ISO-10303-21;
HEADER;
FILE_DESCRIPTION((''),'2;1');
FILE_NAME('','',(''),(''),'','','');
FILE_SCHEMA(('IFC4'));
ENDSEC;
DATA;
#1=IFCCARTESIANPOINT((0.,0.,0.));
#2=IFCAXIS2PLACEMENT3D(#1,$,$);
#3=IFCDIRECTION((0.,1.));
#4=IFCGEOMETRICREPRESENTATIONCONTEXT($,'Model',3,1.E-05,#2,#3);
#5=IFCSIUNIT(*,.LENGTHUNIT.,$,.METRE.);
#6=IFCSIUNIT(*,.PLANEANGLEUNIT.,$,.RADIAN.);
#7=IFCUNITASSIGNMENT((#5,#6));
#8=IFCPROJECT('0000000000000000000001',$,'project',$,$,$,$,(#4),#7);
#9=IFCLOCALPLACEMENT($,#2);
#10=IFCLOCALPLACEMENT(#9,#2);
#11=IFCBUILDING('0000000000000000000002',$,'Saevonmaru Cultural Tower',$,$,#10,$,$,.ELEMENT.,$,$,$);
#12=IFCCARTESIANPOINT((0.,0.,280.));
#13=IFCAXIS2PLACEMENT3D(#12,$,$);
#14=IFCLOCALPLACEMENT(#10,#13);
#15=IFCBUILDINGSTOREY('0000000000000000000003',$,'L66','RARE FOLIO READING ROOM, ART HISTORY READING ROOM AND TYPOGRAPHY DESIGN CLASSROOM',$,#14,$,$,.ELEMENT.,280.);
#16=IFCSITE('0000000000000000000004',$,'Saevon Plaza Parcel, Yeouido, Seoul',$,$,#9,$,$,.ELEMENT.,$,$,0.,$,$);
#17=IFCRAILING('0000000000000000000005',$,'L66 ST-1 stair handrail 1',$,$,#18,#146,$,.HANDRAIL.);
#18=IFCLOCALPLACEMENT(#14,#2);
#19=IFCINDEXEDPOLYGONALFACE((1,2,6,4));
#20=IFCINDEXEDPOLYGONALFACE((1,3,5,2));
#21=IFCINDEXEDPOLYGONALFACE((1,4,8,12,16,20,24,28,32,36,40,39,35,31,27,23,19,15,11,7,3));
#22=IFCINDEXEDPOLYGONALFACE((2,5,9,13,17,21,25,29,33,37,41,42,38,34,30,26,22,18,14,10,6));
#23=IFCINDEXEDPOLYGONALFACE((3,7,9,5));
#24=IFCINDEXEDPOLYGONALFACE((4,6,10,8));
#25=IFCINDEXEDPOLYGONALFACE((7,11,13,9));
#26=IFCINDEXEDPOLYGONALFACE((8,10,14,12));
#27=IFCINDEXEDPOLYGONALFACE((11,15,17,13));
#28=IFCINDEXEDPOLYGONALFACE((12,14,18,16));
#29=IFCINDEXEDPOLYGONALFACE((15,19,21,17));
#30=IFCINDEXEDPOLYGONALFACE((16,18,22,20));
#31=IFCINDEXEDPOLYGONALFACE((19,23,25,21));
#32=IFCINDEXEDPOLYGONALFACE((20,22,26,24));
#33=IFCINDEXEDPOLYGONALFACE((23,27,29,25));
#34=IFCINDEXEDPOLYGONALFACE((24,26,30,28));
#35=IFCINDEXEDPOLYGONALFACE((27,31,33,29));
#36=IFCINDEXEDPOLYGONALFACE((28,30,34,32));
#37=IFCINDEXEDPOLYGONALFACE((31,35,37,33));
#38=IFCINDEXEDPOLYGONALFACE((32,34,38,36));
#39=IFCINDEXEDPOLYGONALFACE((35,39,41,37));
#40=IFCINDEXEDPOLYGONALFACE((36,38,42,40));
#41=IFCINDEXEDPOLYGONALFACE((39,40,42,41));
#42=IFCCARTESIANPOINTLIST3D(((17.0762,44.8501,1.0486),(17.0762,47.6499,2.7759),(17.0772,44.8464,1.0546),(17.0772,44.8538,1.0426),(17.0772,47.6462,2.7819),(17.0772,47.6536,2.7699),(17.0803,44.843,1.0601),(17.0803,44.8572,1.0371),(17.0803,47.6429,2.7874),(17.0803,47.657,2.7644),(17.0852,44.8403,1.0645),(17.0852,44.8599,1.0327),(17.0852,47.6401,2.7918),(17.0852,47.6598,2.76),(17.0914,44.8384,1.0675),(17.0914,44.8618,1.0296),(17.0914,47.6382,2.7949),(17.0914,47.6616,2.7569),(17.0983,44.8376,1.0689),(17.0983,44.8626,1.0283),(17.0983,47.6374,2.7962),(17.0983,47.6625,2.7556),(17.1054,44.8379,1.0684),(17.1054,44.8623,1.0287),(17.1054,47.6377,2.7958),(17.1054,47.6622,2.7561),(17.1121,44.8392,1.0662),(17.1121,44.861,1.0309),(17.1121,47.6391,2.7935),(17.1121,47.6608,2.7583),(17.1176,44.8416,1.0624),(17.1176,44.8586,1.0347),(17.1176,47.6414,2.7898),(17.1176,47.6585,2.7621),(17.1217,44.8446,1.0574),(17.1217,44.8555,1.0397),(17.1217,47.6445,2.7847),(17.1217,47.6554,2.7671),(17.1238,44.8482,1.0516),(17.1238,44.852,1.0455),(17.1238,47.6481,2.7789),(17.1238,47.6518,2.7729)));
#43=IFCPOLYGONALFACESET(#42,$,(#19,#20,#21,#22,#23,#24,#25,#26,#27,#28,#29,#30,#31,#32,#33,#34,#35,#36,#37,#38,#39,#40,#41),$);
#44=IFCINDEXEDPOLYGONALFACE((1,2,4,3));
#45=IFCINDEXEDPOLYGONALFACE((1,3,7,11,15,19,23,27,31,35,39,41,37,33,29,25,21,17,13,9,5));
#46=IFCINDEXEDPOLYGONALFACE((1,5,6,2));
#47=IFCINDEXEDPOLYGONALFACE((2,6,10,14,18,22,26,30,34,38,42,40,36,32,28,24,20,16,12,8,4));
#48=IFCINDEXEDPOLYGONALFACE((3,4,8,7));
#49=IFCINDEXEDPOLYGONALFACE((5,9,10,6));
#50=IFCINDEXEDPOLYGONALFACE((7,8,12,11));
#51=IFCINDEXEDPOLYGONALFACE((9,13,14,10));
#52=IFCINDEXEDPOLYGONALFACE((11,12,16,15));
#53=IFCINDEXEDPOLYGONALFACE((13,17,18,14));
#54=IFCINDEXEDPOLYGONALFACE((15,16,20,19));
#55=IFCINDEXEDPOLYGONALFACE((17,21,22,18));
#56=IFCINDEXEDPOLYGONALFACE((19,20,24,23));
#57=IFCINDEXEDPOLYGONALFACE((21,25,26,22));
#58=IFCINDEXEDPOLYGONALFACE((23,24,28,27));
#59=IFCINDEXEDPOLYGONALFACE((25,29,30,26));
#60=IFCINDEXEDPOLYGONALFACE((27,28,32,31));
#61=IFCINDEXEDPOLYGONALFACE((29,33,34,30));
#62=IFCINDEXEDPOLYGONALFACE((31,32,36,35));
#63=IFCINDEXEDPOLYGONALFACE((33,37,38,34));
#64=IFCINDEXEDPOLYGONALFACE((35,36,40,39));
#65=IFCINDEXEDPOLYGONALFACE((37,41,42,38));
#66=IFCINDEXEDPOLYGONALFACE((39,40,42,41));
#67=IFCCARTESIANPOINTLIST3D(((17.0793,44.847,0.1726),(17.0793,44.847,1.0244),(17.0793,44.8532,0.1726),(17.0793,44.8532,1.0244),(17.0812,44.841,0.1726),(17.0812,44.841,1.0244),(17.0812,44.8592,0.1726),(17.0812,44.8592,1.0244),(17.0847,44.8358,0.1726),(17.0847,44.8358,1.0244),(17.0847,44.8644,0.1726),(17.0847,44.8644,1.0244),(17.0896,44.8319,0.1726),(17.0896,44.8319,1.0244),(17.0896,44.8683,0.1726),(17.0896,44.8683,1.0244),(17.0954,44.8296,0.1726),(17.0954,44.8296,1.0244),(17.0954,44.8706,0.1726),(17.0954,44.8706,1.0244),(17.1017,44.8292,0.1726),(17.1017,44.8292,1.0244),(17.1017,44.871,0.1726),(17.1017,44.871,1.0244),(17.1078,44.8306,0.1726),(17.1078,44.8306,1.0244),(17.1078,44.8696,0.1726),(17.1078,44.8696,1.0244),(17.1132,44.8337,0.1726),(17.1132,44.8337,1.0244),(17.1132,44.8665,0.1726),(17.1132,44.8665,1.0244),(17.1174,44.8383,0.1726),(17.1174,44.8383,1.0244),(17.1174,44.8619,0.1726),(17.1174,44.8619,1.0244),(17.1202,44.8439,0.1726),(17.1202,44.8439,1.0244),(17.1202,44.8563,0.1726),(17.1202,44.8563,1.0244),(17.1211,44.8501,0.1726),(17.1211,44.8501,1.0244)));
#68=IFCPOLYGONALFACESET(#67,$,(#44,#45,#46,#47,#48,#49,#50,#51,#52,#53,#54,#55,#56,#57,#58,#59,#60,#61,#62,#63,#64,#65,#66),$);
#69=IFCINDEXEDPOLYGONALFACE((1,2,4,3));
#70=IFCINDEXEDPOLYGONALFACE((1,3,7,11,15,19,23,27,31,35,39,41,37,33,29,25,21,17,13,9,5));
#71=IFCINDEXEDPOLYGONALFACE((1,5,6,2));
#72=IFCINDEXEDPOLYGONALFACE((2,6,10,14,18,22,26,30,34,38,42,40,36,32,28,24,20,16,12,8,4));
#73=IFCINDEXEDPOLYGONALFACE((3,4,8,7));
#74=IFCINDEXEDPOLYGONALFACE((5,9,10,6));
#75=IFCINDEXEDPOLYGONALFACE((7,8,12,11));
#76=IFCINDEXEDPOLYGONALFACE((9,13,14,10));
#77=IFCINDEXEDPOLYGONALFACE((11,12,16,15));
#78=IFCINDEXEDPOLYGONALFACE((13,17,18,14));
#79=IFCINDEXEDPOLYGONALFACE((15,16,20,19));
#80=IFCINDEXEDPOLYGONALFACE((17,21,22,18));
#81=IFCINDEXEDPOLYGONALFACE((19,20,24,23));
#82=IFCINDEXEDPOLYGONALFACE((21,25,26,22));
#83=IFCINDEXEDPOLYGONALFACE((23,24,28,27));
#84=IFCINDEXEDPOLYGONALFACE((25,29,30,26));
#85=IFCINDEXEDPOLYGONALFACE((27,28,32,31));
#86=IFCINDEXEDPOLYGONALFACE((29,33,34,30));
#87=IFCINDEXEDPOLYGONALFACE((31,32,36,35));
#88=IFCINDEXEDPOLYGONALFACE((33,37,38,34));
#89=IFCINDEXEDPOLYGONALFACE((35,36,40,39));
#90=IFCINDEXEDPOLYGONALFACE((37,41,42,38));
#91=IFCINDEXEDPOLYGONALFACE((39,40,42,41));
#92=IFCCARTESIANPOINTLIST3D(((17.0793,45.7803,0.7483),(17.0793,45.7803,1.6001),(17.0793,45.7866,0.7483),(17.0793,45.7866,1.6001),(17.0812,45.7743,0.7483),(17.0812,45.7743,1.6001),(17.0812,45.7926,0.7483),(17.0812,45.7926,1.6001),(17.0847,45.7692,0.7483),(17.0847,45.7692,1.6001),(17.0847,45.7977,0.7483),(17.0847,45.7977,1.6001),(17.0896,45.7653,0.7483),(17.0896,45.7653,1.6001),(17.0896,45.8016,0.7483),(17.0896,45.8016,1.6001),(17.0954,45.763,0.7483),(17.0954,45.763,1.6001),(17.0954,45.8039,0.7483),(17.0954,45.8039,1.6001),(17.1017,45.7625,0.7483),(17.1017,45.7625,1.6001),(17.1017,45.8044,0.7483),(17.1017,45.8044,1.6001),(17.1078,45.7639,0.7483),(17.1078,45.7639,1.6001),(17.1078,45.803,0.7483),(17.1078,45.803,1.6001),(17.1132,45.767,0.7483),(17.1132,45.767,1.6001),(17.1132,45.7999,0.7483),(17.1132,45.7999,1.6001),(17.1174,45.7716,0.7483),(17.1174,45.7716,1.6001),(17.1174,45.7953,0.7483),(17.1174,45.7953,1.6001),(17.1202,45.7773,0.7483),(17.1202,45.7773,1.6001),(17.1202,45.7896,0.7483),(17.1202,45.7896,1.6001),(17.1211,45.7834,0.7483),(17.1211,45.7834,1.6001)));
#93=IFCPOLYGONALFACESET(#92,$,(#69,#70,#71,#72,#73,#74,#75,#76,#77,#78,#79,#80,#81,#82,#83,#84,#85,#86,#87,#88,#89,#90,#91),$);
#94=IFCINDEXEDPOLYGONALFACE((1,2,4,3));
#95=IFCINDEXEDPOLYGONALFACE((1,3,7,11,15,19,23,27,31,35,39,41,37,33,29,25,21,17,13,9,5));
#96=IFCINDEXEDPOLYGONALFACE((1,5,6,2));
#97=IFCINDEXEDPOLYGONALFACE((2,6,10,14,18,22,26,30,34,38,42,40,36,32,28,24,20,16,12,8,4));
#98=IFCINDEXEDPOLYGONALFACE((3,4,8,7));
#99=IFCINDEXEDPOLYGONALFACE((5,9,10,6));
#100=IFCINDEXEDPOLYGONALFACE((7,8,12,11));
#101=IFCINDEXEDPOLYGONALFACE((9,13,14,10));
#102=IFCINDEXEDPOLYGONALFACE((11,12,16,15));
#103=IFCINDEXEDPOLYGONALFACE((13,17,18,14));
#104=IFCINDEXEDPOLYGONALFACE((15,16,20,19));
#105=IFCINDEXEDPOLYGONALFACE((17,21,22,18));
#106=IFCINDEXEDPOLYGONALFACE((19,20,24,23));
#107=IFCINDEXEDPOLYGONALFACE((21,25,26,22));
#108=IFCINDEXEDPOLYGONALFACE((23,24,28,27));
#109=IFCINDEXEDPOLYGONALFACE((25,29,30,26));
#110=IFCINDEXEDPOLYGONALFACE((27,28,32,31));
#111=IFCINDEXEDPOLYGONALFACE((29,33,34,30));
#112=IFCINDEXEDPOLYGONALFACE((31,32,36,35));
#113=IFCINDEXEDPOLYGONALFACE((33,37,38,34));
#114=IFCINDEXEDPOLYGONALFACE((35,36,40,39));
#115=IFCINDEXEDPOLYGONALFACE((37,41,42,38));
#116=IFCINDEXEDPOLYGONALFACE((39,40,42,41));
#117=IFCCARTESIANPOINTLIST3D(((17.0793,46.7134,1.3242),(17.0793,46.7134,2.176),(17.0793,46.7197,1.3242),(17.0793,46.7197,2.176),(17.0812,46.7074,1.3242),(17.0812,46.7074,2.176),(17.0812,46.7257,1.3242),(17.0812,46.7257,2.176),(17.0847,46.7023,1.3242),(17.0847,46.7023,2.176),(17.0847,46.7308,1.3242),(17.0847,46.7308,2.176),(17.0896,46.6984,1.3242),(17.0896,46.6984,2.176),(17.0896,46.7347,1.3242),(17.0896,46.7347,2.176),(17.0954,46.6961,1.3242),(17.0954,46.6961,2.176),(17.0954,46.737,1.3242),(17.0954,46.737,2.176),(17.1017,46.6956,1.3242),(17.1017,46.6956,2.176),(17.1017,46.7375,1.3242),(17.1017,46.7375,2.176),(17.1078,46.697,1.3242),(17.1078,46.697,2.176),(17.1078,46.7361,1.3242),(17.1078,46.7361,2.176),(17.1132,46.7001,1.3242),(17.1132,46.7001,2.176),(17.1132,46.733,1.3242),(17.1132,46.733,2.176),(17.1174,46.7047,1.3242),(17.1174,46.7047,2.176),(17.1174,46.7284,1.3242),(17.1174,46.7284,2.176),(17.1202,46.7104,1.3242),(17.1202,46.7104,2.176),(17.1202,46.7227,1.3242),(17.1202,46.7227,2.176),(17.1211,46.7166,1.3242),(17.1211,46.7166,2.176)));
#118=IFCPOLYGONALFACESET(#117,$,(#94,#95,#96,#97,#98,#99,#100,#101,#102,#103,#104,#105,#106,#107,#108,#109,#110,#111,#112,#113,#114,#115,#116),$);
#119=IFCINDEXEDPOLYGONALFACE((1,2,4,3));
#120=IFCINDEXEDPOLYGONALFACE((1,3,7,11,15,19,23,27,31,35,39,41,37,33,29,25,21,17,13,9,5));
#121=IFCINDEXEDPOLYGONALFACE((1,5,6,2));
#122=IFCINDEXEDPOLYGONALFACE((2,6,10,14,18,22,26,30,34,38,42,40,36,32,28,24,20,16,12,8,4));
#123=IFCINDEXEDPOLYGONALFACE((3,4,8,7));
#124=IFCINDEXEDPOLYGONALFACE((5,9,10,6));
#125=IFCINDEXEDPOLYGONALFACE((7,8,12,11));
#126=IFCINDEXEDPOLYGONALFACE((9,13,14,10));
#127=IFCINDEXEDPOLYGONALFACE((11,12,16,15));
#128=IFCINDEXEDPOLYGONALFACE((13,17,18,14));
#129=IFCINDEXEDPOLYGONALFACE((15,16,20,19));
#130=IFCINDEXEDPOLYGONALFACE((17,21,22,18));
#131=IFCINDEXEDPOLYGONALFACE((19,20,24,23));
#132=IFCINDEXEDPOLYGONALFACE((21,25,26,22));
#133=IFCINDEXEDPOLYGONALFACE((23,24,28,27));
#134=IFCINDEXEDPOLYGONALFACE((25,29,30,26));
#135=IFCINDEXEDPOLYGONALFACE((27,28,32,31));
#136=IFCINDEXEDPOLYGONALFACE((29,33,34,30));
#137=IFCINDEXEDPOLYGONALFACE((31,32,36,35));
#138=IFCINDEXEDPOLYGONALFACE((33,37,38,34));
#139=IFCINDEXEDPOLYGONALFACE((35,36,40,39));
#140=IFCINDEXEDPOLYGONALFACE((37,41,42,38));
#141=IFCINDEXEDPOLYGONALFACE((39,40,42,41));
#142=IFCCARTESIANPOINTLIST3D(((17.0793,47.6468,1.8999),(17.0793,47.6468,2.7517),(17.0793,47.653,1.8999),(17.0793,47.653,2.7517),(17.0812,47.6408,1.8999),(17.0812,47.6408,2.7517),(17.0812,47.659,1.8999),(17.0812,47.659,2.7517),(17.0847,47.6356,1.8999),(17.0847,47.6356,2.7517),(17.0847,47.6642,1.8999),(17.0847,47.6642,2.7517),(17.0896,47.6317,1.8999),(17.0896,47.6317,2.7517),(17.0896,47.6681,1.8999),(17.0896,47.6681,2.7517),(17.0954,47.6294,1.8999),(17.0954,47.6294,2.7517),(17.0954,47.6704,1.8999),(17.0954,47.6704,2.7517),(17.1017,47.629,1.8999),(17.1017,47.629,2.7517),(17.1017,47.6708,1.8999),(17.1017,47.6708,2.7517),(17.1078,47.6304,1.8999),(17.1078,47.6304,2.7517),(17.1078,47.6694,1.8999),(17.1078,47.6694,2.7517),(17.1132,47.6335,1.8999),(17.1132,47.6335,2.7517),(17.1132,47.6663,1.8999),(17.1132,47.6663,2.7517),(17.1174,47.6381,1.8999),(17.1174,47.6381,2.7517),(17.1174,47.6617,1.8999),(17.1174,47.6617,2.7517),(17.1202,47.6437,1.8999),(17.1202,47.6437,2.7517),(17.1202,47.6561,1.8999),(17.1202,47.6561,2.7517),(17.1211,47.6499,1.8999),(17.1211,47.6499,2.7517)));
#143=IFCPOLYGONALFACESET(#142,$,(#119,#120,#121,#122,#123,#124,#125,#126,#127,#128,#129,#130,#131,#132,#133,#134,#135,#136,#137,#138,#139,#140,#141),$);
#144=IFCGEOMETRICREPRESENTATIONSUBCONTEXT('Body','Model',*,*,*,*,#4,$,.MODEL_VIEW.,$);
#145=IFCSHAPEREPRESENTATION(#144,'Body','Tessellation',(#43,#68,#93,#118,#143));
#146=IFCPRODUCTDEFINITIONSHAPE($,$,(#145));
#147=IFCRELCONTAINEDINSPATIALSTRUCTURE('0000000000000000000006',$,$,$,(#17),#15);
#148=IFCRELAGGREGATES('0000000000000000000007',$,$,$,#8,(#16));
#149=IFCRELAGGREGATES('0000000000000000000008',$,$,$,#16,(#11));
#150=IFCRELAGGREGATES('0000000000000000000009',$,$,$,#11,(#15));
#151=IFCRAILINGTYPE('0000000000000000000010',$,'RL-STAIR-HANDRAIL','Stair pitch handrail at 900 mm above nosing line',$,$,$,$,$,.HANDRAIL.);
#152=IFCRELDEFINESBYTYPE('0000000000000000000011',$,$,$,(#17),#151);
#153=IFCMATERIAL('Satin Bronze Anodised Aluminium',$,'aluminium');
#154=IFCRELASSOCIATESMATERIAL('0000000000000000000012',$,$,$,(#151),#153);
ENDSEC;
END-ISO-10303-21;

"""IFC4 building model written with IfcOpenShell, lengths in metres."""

from ifc_helpers import new_model, si_unit, direction, frame, origin, origin_2d, place, context, subcontext, project, spatial, circle, extrude, material, type_object, element, save


model = new_model("IFC4")

# Units and contexts
model_context = context("Model", 3, precision=1e-05, world=origin(), true_north=direction((0.0, 1.0)))
body_context = subcontext(model_context, "Body", "Model", "MODEL_VIEW")
ifc_project = project(units=[si_unit("LENGTHUNIT", "METRE"), si_unit("PLANEANGLEUNIT", "RADIAN")], contexts=[model_context])

# Site, building, storey
site_placement = place(None, origin())
site = spatial("IfcSite", under=ifc_project, at=site_placement, Name="Saevon Plaza Parcel, Yeouido, Seoul", CompositionType="ELEMENT", RefElevation=0.0)
building_placement = place(site_placement, origin())
building = spatial("IfcBuilding", under=site, at=building_placement, Name="Saevonmaru Cultural Tower", CompositionType="ELEMENT")
storey_placement = place(building_placement, frame((0.0, 0.0, 280.0)))
storey = spatial("IfcBuildingStorey", under=building, at=storey_placement, Name="L66", Description="RARE FOLIO READING ROOM, ART HISTORY READING ROOM AND TYPOGRAPHY DESIGN CLASSROOM", CompositionType="ELEMENT", Elevation=280.0)

# Shared definitions
ifc_material_1 = material(Name="Satin Bronze Anodised Aluminium", Category="aluminium")

# Railing
railing_type_1 = type_object("IfcRailingType", Name="RL-STAIR-HANDRAIL", Description="Stair pitch handrail at 900 mm above nosing line", PredefinedType="HANDRAIL", material=ifc_material_1)
railing_1_placement = place(storey_placement, frame((17.1001, 44.8501, 0.1726)))
element("IfcRailing", 1, at=railing_1_placement, inside=storey, type_object=railing_type_1, Name="L66 ST-1 stair handrail 1", PredefinedType="HANDRAIL", context=body_context, shape_type="SweptSolid", body=[
    extrude(circle(Radius=0.0239, at=origin_2d()), frame((0.0, 0.0, 0.876), z_axis=(0.0, 0.851069, 0.525054), x_axis=(-1.0, 0.0, 0.0)), (0.0, 0.0, 1.0), 3.2898),
    extrude(circle(Radius=0.021, at=origin_2d()), origin(), (0.0, 0.0, 1.0), 0.8518),
    extrude(circle(Radius=0.021, at=origin_2d()), frame((0.0, 0.9333, 0.5757)), (0.0, 0.0, 1.0), 0.8518),
    extrude(circle(Radius=0.021, at=origin_2d()), frame((0.0, 1.8665, 1.1516)), (0.0, 0.0, 1.0), 0.8518),
    extrude(circle(Radius=0.021, at=origin_2d()), frame((0.0, 2.7998, 1.7273)), (0.0, 0.0, 1.0), 0.8518),
])

save(model, "model.ifc")
